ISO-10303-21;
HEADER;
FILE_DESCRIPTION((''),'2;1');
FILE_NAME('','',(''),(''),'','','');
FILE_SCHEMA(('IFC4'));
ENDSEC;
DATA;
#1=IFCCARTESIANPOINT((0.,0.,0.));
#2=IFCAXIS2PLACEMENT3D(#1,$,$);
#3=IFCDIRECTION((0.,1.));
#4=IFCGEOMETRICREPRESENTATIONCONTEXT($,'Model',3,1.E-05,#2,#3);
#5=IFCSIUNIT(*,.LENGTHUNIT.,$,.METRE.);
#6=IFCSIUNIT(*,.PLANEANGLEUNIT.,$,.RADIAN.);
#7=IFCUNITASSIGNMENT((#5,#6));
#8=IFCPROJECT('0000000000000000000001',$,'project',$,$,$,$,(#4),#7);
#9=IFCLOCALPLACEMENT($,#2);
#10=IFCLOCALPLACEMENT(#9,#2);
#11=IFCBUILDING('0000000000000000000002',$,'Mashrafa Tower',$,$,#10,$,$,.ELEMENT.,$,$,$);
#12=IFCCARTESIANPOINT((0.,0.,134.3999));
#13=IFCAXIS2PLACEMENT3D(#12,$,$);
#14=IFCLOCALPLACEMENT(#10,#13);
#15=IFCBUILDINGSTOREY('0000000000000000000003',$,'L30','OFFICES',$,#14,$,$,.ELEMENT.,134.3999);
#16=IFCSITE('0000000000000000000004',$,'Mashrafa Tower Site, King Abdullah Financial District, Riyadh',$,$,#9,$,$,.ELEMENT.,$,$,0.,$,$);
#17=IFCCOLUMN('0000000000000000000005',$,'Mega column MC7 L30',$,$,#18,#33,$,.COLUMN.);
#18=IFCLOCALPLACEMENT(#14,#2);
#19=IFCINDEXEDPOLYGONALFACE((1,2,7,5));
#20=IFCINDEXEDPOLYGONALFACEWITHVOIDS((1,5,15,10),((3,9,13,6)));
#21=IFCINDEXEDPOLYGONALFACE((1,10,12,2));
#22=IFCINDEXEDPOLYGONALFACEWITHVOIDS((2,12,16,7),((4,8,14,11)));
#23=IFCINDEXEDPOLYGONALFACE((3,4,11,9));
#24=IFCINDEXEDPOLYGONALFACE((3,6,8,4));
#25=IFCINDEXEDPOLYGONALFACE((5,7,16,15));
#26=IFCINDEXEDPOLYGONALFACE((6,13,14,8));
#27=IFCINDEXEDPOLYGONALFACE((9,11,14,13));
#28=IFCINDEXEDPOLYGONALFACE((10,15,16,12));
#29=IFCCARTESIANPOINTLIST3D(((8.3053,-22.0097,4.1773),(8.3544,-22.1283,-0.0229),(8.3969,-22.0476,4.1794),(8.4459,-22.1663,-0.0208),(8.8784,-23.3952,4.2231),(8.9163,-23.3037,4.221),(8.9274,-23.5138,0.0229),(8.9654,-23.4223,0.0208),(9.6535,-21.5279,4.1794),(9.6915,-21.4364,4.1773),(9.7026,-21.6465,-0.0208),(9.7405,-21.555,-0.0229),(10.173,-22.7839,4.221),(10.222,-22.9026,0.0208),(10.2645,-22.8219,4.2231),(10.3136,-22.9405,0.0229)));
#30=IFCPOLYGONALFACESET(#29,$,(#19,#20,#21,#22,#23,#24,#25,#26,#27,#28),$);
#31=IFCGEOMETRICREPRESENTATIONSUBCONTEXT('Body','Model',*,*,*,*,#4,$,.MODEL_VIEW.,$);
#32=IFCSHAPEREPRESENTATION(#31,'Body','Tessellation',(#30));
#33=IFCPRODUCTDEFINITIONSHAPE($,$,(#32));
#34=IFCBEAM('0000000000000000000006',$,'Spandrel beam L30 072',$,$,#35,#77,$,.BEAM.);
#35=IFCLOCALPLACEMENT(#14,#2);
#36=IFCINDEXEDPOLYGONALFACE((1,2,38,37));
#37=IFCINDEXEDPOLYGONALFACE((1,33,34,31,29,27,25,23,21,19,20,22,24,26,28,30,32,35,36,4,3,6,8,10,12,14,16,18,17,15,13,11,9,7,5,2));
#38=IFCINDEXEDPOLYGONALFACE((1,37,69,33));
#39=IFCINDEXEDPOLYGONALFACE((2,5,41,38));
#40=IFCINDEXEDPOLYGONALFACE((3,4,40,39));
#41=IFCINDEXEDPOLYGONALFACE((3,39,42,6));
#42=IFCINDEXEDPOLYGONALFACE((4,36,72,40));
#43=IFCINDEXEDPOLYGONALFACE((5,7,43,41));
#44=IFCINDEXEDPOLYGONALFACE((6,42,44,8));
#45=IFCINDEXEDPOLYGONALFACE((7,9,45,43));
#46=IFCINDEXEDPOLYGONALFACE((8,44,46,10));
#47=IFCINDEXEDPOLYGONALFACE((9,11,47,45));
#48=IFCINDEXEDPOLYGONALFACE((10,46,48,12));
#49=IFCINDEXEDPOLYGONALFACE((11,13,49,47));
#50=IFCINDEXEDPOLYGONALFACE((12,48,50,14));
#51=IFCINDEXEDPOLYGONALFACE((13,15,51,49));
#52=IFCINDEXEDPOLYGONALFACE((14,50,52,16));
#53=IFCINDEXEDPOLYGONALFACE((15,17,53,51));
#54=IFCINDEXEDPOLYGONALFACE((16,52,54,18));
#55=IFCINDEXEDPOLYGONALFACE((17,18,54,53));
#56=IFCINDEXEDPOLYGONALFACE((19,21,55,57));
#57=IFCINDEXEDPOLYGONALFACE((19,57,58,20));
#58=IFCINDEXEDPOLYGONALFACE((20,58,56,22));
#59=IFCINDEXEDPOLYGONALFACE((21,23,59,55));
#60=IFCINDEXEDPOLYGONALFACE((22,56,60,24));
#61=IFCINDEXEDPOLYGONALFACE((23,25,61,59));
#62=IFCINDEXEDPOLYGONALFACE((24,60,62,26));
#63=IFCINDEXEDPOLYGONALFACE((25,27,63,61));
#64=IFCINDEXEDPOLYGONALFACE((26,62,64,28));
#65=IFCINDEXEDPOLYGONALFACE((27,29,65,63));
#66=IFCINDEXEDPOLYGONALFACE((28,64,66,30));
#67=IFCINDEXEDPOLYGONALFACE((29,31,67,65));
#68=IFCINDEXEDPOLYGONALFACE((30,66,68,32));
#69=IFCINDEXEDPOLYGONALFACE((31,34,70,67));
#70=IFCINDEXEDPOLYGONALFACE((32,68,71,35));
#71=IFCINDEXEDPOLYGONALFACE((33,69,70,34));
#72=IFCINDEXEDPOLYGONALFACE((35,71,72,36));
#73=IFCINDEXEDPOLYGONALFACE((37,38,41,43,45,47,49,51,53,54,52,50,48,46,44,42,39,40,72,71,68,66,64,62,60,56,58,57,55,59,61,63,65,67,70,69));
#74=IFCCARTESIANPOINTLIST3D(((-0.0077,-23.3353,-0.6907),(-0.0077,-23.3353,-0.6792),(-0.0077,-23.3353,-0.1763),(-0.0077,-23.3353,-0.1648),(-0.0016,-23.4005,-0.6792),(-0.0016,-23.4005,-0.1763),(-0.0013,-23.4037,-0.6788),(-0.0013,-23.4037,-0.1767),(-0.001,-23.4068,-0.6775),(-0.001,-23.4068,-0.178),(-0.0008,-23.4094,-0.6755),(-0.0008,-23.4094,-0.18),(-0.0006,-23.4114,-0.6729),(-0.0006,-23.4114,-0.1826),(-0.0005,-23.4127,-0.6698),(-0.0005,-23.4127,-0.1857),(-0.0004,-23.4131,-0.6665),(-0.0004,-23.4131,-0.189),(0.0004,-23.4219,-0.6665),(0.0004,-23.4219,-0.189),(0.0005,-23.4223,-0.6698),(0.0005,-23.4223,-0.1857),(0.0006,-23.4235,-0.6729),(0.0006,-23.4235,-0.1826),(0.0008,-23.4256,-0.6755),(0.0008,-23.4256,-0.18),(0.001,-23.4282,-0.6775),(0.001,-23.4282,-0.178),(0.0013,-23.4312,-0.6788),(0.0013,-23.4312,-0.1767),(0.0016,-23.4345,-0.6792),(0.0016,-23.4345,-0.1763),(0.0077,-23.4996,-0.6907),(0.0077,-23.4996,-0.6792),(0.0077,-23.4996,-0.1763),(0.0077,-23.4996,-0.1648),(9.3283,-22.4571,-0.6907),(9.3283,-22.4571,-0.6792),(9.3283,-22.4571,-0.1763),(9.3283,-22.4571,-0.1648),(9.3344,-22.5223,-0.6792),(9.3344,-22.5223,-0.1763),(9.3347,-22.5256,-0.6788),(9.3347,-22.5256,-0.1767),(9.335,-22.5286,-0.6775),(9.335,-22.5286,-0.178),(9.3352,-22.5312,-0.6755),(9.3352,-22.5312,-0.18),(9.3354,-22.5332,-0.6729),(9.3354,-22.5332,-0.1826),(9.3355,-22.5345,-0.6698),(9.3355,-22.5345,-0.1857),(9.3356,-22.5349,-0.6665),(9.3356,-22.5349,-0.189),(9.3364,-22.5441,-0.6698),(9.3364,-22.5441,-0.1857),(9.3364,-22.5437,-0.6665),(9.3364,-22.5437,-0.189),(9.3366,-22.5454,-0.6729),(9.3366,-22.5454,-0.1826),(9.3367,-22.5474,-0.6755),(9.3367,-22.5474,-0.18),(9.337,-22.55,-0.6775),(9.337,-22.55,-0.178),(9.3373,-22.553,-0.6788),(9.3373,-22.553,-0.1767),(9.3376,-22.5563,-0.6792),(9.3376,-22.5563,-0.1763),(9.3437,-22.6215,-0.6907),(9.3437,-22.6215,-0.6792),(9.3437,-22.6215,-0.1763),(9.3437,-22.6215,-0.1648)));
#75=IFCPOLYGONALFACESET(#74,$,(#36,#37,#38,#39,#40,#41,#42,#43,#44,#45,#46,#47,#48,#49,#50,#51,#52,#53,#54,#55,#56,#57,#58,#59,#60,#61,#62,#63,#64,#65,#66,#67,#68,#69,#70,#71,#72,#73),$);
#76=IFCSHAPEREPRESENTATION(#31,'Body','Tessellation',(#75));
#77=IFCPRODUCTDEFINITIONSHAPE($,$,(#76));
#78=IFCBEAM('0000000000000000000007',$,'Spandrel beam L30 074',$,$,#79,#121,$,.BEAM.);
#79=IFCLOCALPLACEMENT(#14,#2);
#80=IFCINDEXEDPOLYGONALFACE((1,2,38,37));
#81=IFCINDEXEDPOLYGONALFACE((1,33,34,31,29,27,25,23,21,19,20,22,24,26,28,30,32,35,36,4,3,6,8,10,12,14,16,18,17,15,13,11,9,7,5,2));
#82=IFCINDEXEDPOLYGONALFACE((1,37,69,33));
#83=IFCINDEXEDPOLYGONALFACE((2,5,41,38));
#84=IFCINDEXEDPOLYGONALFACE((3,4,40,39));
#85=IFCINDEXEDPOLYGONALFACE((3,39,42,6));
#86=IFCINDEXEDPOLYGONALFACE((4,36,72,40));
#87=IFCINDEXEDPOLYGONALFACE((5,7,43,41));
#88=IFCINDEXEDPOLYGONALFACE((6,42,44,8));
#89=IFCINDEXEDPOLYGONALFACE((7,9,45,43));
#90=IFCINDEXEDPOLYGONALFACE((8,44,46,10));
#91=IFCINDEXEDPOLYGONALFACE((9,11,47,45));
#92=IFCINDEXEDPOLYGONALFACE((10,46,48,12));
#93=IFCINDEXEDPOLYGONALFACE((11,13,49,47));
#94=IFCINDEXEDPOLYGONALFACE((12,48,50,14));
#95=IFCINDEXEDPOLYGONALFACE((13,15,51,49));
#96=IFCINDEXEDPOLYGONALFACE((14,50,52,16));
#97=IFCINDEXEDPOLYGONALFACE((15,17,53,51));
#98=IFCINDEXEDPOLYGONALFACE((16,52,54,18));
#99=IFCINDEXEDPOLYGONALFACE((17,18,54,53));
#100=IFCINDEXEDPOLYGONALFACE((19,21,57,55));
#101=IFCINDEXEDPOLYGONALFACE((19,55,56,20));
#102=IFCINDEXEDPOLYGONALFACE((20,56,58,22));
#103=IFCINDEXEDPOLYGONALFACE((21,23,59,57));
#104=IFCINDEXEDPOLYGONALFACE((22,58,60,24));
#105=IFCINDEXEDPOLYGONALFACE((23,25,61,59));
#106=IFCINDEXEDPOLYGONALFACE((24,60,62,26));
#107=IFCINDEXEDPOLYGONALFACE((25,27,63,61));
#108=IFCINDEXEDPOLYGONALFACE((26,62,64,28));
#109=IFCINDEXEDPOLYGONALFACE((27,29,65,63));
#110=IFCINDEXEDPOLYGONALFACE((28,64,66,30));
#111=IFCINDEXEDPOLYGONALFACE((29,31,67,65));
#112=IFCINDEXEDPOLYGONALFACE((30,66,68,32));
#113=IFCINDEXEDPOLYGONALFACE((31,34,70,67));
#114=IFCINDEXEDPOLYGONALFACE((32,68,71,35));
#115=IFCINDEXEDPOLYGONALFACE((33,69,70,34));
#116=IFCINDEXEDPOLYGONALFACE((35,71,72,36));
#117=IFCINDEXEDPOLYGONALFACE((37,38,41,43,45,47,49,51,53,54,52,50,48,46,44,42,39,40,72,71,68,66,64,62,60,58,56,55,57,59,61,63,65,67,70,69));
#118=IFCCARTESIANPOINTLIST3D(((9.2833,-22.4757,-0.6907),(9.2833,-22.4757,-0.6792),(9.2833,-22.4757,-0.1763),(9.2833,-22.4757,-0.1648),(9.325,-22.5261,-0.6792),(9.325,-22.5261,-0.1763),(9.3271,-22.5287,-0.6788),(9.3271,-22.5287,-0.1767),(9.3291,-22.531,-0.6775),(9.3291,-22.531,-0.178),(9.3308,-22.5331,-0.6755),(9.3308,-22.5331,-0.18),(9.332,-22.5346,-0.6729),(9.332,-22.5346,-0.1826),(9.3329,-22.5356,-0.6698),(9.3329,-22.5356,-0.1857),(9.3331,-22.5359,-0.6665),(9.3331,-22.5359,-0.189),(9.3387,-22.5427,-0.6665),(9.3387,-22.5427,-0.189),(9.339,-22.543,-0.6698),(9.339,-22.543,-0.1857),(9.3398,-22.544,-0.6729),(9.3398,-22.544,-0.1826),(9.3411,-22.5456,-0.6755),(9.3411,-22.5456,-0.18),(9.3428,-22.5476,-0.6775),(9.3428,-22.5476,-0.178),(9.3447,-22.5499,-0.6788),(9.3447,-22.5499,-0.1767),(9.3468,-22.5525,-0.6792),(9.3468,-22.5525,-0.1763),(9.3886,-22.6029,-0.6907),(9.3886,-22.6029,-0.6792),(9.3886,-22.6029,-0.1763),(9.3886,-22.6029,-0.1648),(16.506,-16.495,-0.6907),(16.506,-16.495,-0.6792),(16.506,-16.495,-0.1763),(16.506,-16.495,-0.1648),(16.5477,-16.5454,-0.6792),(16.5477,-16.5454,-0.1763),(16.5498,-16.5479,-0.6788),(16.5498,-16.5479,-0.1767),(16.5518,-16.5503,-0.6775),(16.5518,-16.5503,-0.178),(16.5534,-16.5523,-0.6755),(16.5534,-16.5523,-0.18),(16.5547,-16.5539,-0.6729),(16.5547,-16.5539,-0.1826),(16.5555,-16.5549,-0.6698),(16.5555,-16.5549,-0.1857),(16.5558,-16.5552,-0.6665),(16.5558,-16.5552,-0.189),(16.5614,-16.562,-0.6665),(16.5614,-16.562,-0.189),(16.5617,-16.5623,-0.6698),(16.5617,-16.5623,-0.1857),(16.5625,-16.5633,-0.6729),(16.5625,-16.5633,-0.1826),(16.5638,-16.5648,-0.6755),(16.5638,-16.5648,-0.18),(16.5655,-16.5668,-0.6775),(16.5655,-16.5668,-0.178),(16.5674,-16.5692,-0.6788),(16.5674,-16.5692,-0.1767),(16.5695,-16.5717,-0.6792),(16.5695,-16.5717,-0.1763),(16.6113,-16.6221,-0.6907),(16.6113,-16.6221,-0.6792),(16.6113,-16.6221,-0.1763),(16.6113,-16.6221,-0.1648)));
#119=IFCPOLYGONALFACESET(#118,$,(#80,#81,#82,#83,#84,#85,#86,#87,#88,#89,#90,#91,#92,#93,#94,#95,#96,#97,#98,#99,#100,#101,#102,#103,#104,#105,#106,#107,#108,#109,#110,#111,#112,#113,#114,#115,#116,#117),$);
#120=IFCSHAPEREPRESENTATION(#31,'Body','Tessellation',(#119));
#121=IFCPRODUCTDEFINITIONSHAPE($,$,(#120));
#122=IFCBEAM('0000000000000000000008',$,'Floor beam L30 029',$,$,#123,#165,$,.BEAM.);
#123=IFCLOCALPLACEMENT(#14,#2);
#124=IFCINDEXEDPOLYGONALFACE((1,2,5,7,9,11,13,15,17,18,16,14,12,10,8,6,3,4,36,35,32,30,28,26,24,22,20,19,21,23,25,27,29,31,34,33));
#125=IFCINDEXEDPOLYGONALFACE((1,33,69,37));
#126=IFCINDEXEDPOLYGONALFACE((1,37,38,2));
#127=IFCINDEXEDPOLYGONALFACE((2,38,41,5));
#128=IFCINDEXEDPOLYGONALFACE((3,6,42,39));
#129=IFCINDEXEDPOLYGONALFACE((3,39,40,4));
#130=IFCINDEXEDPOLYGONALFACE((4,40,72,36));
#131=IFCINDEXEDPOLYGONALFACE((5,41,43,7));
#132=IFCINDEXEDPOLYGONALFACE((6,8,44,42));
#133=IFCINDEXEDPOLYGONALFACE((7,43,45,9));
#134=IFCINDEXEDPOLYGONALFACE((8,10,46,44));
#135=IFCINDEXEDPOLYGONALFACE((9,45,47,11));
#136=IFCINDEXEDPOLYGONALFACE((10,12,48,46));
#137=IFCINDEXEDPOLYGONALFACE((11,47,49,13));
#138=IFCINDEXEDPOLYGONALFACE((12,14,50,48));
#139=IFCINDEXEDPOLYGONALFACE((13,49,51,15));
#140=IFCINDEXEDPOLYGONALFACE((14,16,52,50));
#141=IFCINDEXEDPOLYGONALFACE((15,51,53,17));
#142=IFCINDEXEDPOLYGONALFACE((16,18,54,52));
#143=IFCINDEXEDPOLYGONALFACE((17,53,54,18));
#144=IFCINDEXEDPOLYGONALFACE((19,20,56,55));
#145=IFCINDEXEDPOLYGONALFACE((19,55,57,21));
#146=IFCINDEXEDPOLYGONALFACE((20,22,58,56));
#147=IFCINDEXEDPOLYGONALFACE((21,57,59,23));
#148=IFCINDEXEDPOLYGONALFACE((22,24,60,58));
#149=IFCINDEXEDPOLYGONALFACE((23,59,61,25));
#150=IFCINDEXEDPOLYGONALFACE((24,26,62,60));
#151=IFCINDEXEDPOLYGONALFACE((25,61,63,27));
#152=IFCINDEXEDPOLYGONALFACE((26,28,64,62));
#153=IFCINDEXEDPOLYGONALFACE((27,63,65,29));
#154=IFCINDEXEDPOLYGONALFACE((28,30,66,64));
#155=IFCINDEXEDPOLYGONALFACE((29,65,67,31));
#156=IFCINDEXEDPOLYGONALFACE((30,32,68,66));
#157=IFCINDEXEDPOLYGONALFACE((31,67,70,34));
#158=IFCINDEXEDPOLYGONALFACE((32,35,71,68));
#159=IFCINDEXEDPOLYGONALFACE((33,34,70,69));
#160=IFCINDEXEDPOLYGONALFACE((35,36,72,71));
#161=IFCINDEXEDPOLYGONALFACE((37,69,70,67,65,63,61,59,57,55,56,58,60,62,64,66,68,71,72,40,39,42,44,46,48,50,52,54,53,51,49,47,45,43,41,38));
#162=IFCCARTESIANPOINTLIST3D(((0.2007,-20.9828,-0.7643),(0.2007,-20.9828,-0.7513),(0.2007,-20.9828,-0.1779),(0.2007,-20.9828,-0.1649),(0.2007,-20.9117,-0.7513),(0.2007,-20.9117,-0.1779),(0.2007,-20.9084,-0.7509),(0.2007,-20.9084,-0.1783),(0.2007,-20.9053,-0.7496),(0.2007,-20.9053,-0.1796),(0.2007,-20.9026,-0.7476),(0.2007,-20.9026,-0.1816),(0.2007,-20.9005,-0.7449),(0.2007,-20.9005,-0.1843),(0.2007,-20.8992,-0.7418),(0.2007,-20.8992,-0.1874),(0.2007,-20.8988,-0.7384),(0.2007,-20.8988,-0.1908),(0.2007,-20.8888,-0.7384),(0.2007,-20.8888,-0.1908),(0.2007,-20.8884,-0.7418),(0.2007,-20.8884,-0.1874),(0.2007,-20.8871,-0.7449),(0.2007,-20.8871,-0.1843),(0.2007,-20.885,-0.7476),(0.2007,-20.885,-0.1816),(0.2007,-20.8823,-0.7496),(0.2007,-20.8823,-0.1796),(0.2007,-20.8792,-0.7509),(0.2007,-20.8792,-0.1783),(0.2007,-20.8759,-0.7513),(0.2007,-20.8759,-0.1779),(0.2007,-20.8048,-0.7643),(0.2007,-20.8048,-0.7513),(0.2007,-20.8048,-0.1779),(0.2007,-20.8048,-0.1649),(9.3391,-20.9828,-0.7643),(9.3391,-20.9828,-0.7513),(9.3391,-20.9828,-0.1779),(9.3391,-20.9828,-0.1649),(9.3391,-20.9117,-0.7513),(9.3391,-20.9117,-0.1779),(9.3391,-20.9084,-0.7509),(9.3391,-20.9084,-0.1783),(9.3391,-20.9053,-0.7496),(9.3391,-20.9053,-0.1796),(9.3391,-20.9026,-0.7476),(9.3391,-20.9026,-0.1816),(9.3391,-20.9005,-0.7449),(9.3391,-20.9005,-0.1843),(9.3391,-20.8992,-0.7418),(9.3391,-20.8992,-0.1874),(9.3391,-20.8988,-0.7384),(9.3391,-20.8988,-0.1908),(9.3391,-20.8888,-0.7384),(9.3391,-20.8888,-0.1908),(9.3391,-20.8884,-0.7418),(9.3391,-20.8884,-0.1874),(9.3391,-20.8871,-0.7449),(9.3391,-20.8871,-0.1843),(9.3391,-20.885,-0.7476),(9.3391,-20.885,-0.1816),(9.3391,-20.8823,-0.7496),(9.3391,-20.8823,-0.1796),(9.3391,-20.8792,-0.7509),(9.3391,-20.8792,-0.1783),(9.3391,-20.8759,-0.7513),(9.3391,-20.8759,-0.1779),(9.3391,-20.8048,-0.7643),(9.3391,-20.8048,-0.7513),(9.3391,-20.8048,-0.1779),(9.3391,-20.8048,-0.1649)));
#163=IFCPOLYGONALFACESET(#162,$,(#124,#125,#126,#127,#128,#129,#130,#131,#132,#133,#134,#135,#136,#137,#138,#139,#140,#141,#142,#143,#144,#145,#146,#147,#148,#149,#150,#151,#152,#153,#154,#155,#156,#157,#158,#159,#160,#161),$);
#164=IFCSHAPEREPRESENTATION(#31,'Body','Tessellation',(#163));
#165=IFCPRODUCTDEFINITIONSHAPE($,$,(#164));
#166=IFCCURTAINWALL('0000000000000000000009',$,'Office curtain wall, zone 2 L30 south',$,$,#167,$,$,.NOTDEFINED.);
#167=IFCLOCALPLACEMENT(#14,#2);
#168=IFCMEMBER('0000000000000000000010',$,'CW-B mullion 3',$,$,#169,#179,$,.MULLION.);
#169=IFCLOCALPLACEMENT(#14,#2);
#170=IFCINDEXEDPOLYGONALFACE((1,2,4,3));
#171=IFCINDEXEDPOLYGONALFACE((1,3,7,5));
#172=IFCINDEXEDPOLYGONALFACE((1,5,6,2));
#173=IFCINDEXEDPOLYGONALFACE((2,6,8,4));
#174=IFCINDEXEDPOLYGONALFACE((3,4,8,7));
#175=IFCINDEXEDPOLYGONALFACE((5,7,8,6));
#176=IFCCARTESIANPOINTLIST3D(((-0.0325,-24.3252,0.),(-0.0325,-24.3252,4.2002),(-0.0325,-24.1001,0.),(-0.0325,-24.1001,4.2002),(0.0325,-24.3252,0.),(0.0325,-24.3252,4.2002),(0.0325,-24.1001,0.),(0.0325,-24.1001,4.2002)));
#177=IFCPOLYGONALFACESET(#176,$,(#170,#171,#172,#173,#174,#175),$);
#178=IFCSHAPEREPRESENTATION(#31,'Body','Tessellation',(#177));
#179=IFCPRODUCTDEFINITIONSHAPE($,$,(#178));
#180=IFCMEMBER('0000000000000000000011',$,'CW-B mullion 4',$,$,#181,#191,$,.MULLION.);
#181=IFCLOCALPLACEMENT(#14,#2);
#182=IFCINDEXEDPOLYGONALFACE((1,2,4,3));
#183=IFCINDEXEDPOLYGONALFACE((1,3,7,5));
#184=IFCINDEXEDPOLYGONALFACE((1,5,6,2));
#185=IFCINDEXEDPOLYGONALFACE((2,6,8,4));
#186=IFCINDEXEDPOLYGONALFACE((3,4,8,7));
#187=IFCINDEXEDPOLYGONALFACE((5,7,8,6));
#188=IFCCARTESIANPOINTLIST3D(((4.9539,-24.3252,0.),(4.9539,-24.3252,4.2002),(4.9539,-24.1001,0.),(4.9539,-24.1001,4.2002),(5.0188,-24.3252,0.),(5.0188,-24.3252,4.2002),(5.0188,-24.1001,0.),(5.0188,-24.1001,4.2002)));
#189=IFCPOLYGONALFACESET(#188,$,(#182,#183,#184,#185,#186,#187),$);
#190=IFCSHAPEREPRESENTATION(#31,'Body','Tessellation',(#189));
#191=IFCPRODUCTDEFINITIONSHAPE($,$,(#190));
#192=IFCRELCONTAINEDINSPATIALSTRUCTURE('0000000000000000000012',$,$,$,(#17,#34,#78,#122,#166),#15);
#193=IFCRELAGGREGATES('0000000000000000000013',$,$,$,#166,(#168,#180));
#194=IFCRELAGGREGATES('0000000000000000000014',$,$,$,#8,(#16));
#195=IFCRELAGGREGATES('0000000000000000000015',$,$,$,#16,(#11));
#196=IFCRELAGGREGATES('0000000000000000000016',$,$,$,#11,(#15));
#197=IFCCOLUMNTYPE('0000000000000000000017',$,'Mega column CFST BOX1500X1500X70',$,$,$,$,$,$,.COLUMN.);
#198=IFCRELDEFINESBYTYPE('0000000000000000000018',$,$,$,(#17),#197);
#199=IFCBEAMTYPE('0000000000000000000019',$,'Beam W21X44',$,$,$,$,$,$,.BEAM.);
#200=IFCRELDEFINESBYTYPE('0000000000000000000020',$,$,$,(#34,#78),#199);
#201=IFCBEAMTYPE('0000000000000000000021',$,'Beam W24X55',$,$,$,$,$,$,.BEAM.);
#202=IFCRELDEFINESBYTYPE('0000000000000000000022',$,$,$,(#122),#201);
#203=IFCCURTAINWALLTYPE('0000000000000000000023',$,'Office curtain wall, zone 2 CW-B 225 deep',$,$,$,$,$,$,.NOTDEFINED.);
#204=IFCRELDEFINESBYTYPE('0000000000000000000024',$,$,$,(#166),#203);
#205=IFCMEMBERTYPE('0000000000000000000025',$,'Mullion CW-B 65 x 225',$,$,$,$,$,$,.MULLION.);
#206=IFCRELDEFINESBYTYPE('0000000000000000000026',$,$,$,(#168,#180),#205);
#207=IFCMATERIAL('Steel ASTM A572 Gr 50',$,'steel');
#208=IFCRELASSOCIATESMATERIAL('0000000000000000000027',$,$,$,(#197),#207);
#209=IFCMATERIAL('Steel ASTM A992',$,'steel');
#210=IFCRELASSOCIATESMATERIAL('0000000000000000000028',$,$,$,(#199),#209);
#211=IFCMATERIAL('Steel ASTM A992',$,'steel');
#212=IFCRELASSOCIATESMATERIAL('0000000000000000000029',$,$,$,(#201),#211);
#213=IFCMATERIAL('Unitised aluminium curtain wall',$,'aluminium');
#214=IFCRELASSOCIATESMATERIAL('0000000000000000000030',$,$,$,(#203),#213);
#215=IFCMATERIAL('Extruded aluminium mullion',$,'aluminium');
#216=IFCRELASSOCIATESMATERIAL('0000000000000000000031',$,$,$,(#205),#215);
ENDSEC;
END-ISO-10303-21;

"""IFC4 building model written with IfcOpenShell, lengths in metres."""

from ifc_helpers import new_model, si_unit, direction, frame, origin, origin_2d, place, context, subcontext, project, spatial, rectangle, hollow_rectangle, i_section, extrude, source, transform, mapped, material, material_profile, profile_set, type_object, type_shapes, element, aggregate, save


model = new_model("IFC4")

# Units and contexts
model_context = context("Model", 3, precision=1e-05, world=origin(), true_north=direction((0.0, 1.0)))
body_context = subcontext(model_context, "Body", "Model", "MODEL_VIEW")
ifc_project = project(units=[si_unit("LENGTHUNIT", "METRE"), si_unit("PLANEANGLEUNIT", "RADIAN")], contexts=[model_context])

# Site, building, storey
site_placement = place(None, origin())
site = spatial("IfcSite", under=ifc_project, at=site_placement, Name="Mashrafa Tower Site, King Abdullah Financial District, Riyadh", CompositionType="ELEMENT", RefElevation=0.0)
building_placement = place(site_placement, origin())
building = spatial("IfcBuilding", under=site, at=building_placement, Name="Mashrafa Tower", CompositionType="ELEMENT")
storey_placement = place(building_placement, frame((0.0, 0.0, 134.3999)))
storey = spatial("IfcBuildingStorey", under=building, at=storey_placement, Name="L30", Description="OFFICES", CompositionType="ELEMENT", Elevation=134.3999)

# Column
ifc_material_1 = material(Name="Steel ASTM A572 Gr 50", Category="steel")
ifc_material_profile_1 = material_profile(ifc_material_1, hollow_rectangle(XDim=1.5, YDim=1.5, WallThickness=0.0701, at=origin_2d()), Name="BOX1500X1500X70")
ifc_profile_set_1 = profile_set([ifc_material_profile_1], Name="Steel ASTM A572 Gr 50")
column_type = type_object("IfcColumnType", Name="Mega column CFST BOX1500X1500X70", PredefinedType="COLUMN", material=ifc_profile_set_1)
column_placement = place(storey_placement, frame((9.334, -22.5344, 0.0), z_axis=(-0.011678, 0.028236, 0.999533), x_axis=(-0.924086, -0.382184, 0.0)))
element("IfcColumn", 1, at=column_placement, inside=storey, type_object=column_type, Name="Mega column MC7 L30", PredefinedType="COLUMN", context=body_context, shape_type="SweptSolid", body=[
    extrude(hollow_rectangle(XDim=1.5, YDim=1.5, WallThickness=0.0701, at=origin_2d()), origin(), (0.0, 0.0, 1.0), 4.2021),
])

# Beams
ifc_material_2 = material(Name="Steel ASTM A992", Category="steel")
ifc_material_profile_2 = material_profile(ifc_material_2, i_section(OverallWidth=0.165, OverallDepth=0.5259, WebThickness=0.0088, FlangeThickness=0.0115, FilletRadius=0.0127, at=origin_2d()), Name="W21X44")
ifc_profile_set_2 = profile_set([ifc_material_profile_2], Name="Steel ASTM A992")
beam_type_1 = type_object("IfcBeamType", Name="Beam W21X44", PredefinedType="BEAM", material=ifc_profile_set_2)
beam_1_placement = place(storey_placement, frame((0.0, -23.4175, -0.4277), z_axis=(0.995605, 0.09365, 0.0), x_axis=(-0.09365, 0.995605, 0.0)))
element("IfcBeam", 2, at=beam_1_placement, inside=storey, type_object=beam_type_1, Name="Spandrel beam L30 072", PredefinedType="BEAM", context=body_context, shape_type="SweptSolid", body=[
    extrude(i_section(OverallWidth=0.165, OverallDepth=0.5259, WebThickness=0.0088, FlangeThickness=0.0115, FilletRadius=0.0127, at=origin_2d()), origin(), (0.0, 0.0, 1.0), 9.3772),
])
beam_2_placement = place(storey_placement, frame((9.3359, -22.5393, -0.4277), z_axis=(0.770219, 0.637779, 0.0), x_axis=(-0.637779, 0.770219, 0.0)))
element("IfcBeam", 3, at=beam_2_placement, inside=storey, type_object=beam_type_1, Name="Spandrel beam L30 074", PredefinedType="BEAM", context=body_context, shape_type="SweptSolid", body=[
    extrude(i_section(OverallWidth=0.165, OverallDepth=0.5259, WebThickness=0.0088, FlangeThickness=0.0115, FilletRadius=0.0127, at=origin_2d()), origin(), (0.0, 0.0, 1.0), 9.3774),
])
ifc_material_3 = material(Name="Steel ASTM A992", Category="steel")
ifc_material_profile_3 = material_profile(ifc_material_3, i_section(OverallWidth=0.178, OverallDepth=0.5994, WebThickness=0.01, FlangeThickness=0.0129, FilletRadius=0.0129, at=origin_2d()), Name="W24X55")
ifc_profile_set_3 = profile_set([ifc_material_profile_3], Name="Steel ASTM A992")
beam_type_2 = type_object("IfcBeamType", Name="Beam W24X55", PredefinedType="BEAM", material=ifc_profile_set_3)
beam_3_placement = place(storey_placement, frame((9.3391, -20.8938, -0.4646), z_axis=(-1.0, 0.0, 0.0), x_axis=(0.0, -1.0, 0.0)))
element("IfcBeam", 4, at=beam_3_placement, inside=storey, type_object=beam_type_2, Name="Floor beam L30 029", PredefinedType="BEAM", context=body_context, shape_type="SweptSolid", body=[
    extrude(i_section(OverallWidth=0.178, OverallDepth=0.5994, WebThickness=0.01, FlangeThickness=0.0129, FilletRadius=0.0129, at=origin_2d()), origin(), (0.0, 0.0, 1.0), 9.1384),
])

# Curtain wall, members
ifc_material_4 = material(Name="Unitised aluminium curtain wall", Category="aluminium")
curtain_wall_type = type_object("IfcCurtainWallType", Name="Office curtain wall, zone 2 CW-B 225 deep", PredefinedType="NOTDEFINED", material=ifc_material_4)
curtain_wall_1_placement = place(storey_placement, origin())
curtain_wall_1 = element("IfcCurtainWall", 5, at=curtain_wall_1_placement, inside=storey, type_object=curtain_wall_type, Name="Office curtain wall, zone 2 L30 south", PredefinedType="NOTDEFINED")
ifc_material_5 = material(Name="Extruded aluminium mullion", Category="aluminium")
ifc_material_profile_4 = material_profile(ifc_material_5, rectangle(XDim=0.2251, YDim=0.0649, at=origin_2d()), Name="Mullion 65x225")
ifc_profile_set_4 = profile_set([ifc_material_profile_4], Name="Extruded aluminium mullion")
member_type_1 = type_object("IfcMemberType", Name="Mullion CW-B 65 x 225", PredefinedType="MULLION", material=ifc_profile_set_4)
shared_shape_1 = source(origin(), body_context, "Body", "SweptSolid", [
    extrude(rectangle(XDim=0.2251, YDim=0.0649, at=origin_2d()), origin(), (0.0, 0.0, 1.0), 4.2002),
])
type_shapes(member_type_1, [shared_shape_1])
member_1_placement = place(storey_placement, frame((0.0, -24.2126, 0.0), z_axis=(0.0, 0.0, 1.0), x_axis=(0.0, 1.0, 0.0)))
member_1 = element("IfcMember", 6, at=member_1_placement, type_object=member_type_1, Name="CW-B mullion 3", PredefinedType="MULLION", context=body_context, shape_type="MappedRepresentation", body=[
    mapped(shared_shape_1, transform((0.0, 0.0, 0.0))),
])
member_2_placement = place(storey_placement, frame((4.9863, -24.2126, 0.0), z_axis=(0.0, 0.0, 1.0), x_axis=(0.0, 1.0, 0.0)))
member_2 = element("IfcMember", 7, at=member_2_placement, type_object=member_type_1, Name="CW-B mullion 4", PredefinedType="MULLION", context=body_context, shape_type="MappedRepresentation", body=[
    mapped(shared_shape_1, transform((0.0, 0.0, 0.0))),
])

aggregate(curtain_wall_1, [member_1, member_2])

save(model, "model.ifc")
